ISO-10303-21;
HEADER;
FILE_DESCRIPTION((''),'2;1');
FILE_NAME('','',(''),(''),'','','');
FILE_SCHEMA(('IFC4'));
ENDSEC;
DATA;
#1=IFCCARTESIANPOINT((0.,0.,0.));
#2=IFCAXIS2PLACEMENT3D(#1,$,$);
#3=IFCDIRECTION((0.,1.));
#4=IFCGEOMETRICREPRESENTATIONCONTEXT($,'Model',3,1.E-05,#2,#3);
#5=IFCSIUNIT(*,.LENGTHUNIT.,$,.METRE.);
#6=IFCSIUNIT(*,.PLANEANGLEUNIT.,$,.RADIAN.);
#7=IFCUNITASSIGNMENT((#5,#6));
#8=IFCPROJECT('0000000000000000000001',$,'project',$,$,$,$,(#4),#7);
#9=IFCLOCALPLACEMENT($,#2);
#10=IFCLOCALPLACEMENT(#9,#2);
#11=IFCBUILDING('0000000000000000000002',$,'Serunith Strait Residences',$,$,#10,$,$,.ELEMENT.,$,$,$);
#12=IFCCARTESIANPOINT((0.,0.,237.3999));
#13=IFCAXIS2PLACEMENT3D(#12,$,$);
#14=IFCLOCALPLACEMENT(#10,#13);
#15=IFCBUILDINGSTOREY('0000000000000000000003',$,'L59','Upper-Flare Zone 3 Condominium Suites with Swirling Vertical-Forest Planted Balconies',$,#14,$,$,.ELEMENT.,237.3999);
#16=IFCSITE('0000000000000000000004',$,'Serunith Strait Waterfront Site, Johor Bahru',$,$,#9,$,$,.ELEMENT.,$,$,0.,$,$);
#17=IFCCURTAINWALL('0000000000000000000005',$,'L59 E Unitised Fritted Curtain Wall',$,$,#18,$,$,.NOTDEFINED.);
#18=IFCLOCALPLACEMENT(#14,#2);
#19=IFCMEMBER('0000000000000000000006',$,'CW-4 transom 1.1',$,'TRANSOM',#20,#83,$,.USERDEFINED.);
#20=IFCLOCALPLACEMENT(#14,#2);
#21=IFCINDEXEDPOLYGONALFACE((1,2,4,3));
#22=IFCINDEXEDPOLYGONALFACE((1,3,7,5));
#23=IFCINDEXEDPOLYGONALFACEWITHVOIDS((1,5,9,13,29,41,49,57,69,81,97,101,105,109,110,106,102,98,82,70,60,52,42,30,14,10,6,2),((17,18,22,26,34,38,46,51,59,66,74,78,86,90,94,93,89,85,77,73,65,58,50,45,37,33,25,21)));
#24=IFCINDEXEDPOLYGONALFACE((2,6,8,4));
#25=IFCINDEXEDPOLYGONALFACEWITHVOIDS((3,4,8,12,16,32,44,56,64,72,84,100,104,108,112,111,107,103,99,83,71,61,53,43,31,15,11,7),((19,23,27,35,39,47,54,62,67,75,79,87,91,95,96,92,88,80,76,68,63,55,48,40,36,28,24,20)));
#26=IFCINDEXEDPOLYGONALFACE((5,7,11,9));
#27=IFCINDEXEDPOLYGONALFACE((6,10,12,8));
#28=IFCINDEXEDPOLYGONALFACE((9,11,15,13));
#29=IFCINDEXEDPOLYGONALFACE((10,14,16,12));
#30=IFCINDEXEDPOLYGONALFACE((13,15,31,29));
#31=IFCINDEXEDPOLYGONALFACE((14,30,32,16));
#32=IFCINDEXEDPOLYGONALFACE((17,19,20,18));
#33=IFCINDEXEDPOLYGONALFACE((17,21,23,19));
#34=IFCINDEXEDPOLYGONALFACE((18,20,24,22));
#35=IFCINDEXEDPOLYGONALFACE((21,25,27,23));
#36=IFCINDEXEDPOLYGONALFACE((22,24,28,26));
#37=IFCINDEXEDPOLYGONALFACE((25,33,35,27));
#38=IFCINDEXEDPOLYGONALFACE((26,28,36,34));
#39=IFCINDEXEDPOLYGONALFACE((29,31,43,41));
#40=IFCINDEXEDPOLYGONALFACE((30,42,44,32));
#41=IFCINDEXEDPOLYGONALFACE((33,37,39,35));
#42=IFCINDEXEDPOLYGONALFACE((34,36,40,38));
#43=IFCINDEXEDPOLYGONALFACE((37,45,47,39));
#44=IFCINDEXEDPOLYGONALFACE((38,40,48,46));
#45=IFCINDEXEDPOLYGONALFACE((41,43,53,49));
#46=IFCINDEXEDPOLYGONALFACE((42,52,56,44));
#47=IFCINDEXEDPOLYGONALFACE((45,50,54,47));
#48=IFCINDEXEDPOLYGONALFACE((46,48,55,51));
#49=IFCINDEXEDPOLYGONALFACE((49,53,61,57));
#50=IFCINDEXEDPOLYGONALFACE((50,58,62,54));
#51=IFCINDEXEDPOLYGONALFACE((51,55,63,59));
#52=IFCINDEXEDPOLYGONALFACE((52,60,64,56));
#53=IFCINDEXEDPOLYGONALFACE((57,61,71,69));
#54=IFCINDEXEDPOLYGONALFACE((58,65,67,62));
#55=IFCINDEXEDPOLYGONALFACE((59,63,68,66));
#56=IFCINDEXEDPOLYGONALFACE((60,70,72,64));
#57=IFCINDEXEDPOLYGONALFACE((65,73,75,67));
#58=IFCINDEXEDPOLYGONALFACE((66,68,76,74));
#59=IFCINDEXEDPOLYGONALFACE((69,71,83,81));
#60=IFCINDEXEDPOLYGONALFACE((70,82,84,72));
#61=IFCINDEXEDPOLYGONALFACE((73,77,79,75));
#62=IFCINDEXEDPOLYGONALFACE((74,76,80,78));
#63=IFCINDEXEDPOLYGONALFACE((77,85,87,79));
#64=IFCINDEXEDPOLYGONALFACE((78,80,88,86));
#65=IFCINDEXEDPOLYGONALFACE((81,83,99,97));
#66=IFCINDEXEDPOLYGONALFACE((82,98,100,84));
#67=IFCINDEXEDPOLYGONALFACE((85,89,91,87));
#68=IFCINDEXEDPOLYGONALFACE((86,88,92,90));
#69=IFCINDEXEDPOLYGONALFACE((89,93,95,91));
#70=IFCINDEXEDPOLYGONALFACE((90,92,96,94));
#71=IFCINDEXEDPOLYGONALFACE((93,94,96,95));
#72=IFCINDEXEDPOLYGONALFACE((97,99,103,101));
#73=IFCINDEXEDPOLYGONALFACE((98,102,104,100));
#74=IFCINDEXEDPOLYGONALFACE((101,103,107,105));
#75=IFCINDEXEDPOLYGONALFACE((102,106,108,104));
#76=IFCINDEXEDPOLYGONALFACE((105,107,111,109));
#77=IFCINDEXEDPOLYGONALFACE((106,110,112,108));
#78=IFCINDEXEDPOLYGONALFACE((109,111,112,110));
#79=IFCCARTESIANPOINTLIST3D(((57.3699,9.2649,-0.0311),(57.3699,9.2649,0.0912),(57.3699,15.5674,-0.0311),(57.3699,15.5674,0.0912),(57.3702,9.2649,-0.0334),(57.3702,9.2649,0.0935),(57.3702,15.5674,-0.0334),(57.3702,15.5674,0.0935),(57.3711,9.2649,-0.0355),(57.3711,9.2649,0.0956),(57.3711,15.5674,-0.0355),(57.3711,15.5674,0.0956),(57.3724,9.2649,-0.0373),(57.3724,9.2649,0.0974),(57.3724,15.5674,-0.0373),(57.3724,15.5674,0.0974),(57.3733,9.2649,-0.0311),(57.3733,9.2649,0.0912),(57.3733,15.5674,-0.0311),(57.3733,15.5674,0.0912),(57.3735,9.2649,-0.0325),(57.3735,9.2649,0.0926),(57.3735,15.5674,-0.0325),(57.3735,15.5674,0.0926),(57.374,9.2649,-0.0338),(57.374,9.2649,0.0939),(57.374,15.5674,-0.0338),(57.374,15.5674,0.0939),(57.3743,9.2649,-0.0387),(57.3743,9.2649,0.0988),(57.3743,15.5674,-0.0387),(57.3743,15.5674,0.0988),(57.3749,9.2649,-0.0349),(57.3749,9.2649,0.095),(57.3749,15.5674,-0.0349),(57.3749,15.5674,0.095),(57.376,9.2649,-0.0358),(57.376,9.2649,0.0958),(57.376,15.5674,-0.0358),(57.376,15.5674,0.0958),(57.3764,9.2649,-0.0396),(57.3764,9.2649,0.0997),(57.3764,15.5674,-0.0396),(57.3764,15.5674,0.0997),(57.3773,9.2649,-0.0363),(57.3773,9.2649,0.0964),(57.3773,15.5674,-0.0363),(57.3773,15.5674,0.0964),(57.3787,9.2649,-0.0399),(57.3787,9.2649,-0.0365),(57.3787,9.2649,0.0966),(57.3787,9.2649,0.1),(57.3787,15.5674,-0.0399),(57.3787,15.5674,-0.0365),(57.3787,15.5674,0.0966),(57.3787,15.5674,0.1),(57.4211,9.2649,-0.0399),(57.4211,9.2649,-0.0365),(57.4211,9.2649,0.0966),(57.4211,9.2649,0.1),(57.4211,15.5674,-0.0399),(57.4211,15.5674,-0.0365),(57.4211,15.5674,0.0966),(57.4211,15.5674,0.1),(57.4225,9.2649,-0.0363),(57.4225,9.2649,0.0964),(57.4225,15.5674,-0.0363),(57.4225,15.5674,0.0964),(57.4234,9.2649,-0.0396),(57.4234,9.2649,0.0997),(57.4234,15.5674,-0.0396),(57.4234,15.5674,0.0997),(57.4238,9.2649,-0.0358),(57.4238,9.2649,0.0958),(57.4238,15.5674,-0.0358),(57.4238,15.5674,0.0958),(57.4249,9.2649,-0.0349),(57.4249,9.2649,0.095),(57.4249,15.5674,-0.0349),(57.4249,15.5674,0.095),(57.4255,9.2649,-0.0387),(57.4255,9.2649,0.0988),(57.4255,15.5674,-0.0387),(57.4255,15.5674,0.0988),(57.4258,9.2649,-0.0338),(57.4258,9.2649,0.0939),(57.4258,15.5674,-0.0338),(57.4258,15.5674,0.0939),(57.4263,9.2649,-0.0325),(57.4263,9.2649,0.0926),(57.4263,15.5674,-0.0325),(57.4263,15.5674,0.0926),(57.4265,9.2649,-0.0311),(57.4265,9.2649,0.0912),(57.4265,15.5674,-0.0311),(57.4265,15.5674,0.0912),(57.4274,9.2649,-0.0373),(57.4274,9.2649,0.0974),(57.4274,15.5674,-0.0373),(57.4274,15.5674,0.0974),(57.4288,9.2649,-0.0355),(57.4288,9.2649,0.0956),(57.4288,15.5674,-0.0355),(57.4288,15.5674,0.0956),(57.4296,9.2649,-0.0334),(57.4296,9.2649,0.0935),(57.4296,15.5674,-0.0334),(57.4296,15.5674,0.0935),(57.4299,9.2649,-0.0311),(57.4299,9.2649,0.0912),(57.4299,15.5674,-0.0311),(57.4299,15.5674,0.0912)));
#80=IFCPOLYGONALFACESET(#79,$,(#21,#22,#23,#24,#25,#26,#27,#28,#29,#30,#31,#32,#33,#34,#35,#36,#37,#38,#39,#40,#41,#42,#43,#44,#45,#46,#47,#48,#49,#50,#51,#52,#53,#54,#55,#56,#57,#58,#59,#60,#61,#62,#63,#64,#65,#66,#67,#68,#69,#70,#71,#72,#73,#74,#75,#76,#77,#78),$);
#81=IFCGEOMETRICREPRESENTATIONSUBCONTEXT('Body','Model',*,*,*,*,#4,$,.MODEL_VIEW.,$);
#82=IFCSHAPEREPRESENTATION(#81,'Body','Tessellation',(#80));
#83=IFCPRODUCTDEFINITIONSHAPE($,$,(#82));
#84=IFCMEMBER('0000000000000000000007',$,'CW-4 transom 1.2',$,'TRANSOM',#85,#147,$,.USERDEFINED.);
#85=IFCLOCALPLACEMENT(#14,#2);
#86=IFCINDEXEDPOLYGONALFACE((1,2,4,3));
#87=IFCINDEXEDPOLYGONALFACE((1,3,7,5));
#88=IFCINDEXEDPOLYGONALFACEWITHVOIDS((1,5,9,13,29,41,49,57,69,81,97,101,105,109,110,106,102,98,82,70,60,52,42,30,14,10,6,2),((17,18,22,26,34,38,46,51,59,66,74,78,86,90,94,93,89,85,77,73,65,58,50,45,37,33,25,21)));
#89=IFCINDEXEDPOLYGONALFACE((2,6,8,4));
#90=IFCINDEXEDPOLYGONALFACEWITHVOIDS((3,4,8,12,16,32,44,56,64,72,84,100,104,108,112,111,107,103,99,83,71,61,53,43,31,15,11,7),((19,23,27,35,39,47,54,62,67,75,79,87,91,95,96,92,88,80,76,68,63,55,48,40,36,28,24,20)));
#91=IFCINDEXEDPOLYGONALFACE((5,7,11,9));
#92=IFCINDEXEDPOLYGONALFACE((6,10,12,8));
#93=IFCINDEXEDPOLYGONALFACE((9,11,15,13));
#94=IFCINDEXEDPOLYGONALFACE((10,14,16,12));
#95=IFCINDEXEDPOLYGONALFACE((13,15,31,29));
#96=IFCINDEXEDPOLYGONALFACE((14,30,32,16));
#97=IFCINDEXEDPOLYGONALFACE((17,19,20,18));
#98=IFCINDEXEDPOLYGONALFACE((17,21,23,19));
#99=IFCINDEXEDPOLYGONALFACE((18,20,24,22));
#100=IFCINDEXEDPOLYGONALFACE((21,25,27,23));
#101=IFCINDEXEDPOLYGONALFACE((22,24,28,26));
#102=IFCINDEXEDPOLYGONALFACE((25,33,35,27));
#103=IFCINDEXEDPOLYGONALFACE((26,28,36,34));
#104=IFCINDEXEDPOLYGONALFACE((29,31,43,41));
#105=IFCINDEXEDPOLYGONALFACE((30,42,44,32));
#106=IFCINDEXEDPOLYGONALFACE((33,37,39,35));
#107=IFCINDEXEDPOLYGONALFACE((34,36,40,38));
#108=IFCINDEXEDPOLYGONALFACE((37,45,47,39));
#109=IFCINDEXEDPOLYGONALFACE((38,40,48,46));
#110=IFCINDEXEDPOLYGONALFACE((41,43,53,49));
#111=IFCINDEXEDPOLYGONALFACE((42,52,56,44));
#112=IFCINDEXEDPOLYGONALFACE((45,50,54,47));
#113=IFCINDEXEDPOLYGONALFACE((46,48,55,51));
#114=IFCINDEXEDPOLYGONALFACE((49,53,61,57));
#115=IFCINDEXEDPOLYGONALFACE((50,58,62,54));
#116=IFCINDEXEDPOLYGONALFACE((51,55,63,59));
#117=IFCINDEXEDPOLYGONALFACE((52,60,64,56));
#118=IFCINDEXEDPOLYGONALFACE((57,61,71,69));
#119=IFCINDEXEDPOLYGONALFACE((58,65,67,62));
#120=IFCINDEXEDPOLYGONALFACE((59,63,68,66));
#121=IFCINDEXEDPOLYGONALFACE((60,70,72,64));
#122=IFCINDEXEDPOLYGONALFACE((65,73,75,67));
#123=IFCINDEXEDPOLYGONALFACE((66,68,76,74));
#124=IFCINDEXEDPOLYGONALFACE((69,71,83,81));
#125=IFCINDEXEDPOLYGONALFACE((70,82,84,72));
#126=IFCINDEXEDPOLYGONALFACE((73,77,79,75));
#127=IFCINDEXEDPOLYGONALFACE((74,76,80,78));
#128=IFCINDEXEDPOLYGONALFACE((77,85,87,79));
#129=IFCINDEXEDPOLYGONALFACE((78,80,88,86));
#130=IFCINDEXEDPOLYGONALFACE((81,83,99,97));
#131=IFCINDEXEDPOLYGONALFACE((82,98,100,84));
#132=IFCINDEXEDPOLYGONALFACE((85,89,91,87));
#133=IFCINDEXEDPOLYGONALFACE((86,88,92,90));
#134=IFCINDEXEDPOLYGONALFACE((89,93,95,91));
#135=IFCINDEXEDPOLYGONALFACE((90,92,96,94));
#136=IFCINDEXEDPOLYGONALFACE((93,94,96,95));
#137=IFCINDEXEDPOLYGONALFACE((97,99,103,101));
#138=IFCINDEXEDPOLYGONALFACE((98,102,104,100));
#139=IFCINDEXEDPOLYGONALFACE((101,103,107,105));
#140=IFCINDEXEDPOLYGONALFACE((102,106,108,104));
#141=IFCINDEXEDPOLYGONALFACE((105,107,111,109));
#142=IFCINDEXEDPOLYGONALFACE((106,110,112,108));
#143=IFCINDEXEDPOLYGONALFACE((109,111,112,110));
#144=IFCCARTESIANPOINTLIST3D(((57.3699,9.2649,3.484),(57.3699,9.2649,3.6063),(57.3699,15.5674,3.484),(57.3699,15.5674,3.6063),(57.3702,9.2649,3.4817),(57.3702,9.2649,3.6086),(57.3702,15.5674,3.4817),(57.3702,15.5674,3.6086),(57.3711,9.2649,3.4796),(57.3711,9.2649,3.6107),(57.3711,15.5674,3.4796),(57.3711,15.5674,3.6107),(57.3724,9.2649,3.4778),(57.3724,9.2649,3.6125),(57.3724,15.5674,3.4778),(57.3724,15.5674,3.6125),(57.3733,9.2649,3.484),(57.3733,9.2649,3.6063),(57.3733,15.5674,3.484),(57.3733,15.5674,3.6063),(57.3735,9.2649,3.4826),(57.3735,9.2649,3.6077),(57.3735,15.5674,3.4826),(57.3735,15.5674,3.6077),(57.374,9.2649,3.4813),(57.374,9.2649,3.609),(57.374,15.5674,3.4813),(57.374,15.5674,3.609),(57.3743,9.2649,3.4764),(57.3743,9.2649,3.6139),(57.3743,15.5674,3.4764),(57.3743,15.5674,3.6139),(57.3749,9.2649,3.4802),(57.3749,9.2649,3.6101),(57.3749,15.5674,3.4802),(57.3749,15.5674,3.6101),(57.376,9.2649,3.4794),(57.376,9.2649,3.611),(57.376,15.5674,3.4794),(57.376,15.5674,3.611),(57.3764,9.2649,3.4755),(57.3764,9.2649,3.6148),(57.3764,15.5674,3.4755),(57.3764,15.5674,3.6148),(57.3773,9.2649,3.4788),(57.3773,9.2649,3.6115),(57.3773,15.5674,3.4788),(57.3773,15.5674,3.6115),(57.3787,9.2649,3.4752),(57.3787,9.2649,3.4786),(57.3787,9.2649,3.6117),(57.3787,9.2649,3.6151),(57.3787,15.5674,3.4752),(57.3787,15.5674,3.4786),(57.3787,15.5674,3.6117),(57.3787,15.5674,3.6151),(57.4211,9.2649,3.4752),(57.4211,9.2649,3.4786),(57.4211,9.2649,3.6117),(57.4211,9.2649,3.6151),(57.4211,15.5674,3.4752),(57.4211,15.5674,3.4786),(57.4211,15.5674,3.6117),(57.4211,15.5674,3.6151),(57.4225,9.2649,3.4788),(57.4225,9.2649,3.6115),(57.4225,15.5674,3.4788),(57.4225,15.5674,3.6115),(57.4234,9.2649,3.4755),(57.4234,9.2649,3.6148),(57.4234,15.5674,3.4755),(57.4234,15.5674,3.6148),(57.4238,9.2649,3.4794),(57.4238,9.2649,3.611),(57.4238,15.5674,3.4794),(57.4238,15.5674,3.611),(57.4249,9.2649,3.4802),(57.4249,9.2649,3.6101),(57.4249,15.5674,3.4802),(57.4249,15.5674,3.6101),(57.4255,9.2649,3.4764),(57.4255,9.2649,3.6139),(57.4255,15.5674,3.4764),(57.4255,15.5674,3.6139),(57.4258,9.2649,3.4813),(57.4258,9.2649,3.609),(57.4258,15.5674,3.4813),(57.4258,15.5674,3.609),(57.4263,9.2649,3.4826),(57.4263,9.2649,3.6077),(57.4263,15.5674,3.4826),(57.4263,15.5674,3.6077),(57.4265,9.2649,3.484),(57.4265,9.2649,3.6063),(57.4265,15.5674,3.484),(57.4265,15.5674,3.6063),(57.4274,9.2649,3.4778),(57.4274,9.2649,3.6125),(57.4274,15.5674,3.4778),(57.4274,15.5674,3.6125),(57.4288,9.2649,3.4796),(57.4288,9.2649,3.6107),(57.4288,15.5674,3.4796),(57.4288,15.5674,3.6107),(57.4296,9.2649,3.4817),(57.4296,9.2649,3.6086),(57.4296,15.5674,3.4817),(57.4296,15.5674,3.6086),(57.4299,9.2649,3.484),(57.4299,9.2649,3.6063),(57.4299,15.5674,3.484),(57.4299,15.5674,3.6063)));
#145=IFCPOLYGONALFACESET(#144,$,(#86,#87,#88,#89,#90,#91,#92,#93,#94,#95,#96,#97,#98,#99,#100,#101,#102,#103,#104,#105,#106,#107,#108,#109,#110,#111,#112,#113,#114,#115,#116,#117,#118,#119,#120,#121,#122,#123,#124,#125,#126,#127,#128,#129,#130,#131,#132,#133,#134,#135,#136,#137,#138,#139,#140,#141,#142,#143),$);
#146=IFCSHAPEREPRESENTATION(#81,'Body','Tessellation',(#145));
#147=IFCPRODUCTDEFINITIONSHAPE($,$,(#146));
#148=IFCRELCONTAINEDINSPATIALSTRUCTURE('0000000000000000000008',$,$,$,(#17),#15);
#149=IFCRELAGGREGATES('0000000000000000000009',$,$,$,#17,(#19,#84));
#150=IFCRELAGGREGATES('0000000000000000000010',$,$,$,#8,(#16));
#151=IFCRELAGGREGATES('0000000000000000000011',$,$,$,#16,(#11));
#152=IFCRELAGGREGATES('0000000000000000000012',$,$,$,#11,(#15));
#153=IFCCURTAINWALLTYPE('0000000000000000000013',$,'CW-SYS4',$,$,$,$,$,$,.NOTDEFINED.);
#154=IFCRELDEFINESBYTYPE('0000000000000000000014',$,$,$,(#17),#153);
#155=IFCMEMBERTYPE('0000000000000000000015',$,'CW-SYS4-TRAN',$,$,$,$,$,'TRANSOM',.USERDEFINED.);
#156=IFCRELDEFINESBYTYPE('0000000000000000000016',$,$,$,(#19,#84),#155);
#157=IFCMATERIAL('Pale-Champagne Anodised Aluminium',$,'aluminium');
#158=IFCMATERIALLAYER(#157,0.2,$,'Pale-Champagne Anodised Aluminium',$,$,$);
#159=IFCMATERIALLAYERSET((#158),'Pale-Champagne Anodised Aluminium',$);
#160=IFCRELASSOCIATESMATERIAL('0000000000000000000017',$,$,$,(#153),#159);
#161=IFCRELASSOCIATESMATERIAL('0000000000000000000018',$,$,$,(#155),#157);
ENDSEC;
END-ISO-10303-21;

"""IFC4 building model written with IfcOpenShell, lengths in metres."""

from ifc_helpers import new_model, si_unit, direction, frame, origin, origin_2d, place, context, subcontext, project, spatial, hollow_rectangle, extrude, source, transform, mapped, material, layer, layer_set, material_profile, profile_set, type_object, element, aggregate, save


model = new_model("IFC4")

# Units and contexts
model_context = context("Model", 3, precision=1e-05, world=origin(), true_north=direction((0.0, 1.0)))
body_context = subcontext(model_context, "Body", "Model", "MODEL_VIEW")
ifc_project = project(units=[si_unit("LENGTHUNIT", "METRE"), si_unit("PLANEANGLEUNIT", "RADIAN")], contexts=[model_context])

# Site, building, storey
site_placement = place(None, origin())
site = spatial("IfcSite", under=ifc_project, at=site_placement, Name="Serunith Strait Waterfront Site, Johor Bahru", CompositionType="ELEMENT", RefElevation=0.0)
building_placement = place(site_placement, origin())
building = spatial("IfcBuilding", under=site, at=building_placement, Name="Serunith Strait Residences", CompositionType="ELEMENT")
storey_placement = place(building_placement, frame((0.0, 0.0, 237.3999)))
storey = spatial("IfcBuildingStorey", under=building, at=storey_placement, Name="L59", Description="Upper-Flare Zone 3 Condominium Suites with Swirling Vertical-Forest Planted Balconies", CompositionType="ELEMENT", Elevation=237.3999)

# Curtain wall, members
ifc_material_1 = material(Name="Pale-Champagne Anodised Aluminium", Category="aluminium")
ifc_layer_1 = layer(ifc_material_1, 0.2, Name="Pale-Champagne Anodised Aluminium")
ifc_layer_set_1 = layer_set([ifc_layer_1], Name="Pale-Champagne Anodised Aluminium")
curtain_wall_type = type_object("IfcCurtainWallType", Name="CW-SYS4", PredefinedType="NOTDEFINED", material=ifc_layer_set_1)
curtain_wall_1_placement = place(storey_placement, origin())
curtain_wall_1 = element("IfcCurtainWall", 1, at=curtain_wall_1_placement, inside=storey, type_object=curtain_wall_type, Name="L59 E Unitised Fritted Curtain Wall", PredefinedType="NOTDEFINED")
ifc_material_profile_1 = material_profile(ifc_material_1, hollow_rectangle(XDim=0.0601, YDim=0.1399, WallThickness=0.0034, InnerFilletRadius=0.0054, OuterFilletRadius=0.0088, at=origin_2d()), Name="ALU 140x60x3.5")
ifc_profile_set_1 = profile_set([ifc_material_profile_1], Name="Pale-Champagne Anodised Aluminium")
member_type_1 = type_object("IfcMemberType", Name="CW-SYS4-TRAN", ElementType="TRANSOM", PredefinedType="USERDEFINED", material=ifc_profile_set_1)
shared_shape_1 = source(origin(), body_context, "Body", "SweptSolid", [
    extrude(hollow_rectangle(XDim=0.0601, YDim=0.1399, WallThickness=0.0034, InnerFilletRadius=0.0054, OuterFilletRadius=0.0088, at=origin_2d()), origin(), (0.0, 0.0, 1.0), 6.3025),
])
member_1_placement = place(storey_placement, frame((57.3999, 9.2649, 0.03), z_axis=(0.0, 1.0, 0.0), x_axis=(-1.0, 0.0, 0.0)))
member_1 = element("IfcMember", 2, at=member_1_placement, type_object=member_type_1, Name="CW-4 transom 1.1", ObjectType="TRANSOM", PredefinedType="USERDEFINED", context=body_context, shape_type="MappedRepresentation", body=[
    mapped(shared_shape_1, transform((0.0, 0.0, 0.0), scale=1.0)),
])
member_2_placement = place(storey_placement, frame((57.3999, 9.2649, 3.5452), z_axis=(0.0, 1.0, 0.0), x_axis=(-1.0, 0.0, 0.0)))
member_2 = element("IfcMember", 3, at=member_2_placement, type_object=member_type_1, Name="CW-4 transom 1.2", ObjectType="TRANSOM", PredefinedType="USERDEFINED", context=body_context, shape_type="MappedRepresentation", body=[
    mapped(shared_shape_1, transform((0.0, 0.0, 0.0), scale=1.0)),
])

aggregate(curtain_wall_1, [member_1, member_2])

save(model, "model.ifc")
